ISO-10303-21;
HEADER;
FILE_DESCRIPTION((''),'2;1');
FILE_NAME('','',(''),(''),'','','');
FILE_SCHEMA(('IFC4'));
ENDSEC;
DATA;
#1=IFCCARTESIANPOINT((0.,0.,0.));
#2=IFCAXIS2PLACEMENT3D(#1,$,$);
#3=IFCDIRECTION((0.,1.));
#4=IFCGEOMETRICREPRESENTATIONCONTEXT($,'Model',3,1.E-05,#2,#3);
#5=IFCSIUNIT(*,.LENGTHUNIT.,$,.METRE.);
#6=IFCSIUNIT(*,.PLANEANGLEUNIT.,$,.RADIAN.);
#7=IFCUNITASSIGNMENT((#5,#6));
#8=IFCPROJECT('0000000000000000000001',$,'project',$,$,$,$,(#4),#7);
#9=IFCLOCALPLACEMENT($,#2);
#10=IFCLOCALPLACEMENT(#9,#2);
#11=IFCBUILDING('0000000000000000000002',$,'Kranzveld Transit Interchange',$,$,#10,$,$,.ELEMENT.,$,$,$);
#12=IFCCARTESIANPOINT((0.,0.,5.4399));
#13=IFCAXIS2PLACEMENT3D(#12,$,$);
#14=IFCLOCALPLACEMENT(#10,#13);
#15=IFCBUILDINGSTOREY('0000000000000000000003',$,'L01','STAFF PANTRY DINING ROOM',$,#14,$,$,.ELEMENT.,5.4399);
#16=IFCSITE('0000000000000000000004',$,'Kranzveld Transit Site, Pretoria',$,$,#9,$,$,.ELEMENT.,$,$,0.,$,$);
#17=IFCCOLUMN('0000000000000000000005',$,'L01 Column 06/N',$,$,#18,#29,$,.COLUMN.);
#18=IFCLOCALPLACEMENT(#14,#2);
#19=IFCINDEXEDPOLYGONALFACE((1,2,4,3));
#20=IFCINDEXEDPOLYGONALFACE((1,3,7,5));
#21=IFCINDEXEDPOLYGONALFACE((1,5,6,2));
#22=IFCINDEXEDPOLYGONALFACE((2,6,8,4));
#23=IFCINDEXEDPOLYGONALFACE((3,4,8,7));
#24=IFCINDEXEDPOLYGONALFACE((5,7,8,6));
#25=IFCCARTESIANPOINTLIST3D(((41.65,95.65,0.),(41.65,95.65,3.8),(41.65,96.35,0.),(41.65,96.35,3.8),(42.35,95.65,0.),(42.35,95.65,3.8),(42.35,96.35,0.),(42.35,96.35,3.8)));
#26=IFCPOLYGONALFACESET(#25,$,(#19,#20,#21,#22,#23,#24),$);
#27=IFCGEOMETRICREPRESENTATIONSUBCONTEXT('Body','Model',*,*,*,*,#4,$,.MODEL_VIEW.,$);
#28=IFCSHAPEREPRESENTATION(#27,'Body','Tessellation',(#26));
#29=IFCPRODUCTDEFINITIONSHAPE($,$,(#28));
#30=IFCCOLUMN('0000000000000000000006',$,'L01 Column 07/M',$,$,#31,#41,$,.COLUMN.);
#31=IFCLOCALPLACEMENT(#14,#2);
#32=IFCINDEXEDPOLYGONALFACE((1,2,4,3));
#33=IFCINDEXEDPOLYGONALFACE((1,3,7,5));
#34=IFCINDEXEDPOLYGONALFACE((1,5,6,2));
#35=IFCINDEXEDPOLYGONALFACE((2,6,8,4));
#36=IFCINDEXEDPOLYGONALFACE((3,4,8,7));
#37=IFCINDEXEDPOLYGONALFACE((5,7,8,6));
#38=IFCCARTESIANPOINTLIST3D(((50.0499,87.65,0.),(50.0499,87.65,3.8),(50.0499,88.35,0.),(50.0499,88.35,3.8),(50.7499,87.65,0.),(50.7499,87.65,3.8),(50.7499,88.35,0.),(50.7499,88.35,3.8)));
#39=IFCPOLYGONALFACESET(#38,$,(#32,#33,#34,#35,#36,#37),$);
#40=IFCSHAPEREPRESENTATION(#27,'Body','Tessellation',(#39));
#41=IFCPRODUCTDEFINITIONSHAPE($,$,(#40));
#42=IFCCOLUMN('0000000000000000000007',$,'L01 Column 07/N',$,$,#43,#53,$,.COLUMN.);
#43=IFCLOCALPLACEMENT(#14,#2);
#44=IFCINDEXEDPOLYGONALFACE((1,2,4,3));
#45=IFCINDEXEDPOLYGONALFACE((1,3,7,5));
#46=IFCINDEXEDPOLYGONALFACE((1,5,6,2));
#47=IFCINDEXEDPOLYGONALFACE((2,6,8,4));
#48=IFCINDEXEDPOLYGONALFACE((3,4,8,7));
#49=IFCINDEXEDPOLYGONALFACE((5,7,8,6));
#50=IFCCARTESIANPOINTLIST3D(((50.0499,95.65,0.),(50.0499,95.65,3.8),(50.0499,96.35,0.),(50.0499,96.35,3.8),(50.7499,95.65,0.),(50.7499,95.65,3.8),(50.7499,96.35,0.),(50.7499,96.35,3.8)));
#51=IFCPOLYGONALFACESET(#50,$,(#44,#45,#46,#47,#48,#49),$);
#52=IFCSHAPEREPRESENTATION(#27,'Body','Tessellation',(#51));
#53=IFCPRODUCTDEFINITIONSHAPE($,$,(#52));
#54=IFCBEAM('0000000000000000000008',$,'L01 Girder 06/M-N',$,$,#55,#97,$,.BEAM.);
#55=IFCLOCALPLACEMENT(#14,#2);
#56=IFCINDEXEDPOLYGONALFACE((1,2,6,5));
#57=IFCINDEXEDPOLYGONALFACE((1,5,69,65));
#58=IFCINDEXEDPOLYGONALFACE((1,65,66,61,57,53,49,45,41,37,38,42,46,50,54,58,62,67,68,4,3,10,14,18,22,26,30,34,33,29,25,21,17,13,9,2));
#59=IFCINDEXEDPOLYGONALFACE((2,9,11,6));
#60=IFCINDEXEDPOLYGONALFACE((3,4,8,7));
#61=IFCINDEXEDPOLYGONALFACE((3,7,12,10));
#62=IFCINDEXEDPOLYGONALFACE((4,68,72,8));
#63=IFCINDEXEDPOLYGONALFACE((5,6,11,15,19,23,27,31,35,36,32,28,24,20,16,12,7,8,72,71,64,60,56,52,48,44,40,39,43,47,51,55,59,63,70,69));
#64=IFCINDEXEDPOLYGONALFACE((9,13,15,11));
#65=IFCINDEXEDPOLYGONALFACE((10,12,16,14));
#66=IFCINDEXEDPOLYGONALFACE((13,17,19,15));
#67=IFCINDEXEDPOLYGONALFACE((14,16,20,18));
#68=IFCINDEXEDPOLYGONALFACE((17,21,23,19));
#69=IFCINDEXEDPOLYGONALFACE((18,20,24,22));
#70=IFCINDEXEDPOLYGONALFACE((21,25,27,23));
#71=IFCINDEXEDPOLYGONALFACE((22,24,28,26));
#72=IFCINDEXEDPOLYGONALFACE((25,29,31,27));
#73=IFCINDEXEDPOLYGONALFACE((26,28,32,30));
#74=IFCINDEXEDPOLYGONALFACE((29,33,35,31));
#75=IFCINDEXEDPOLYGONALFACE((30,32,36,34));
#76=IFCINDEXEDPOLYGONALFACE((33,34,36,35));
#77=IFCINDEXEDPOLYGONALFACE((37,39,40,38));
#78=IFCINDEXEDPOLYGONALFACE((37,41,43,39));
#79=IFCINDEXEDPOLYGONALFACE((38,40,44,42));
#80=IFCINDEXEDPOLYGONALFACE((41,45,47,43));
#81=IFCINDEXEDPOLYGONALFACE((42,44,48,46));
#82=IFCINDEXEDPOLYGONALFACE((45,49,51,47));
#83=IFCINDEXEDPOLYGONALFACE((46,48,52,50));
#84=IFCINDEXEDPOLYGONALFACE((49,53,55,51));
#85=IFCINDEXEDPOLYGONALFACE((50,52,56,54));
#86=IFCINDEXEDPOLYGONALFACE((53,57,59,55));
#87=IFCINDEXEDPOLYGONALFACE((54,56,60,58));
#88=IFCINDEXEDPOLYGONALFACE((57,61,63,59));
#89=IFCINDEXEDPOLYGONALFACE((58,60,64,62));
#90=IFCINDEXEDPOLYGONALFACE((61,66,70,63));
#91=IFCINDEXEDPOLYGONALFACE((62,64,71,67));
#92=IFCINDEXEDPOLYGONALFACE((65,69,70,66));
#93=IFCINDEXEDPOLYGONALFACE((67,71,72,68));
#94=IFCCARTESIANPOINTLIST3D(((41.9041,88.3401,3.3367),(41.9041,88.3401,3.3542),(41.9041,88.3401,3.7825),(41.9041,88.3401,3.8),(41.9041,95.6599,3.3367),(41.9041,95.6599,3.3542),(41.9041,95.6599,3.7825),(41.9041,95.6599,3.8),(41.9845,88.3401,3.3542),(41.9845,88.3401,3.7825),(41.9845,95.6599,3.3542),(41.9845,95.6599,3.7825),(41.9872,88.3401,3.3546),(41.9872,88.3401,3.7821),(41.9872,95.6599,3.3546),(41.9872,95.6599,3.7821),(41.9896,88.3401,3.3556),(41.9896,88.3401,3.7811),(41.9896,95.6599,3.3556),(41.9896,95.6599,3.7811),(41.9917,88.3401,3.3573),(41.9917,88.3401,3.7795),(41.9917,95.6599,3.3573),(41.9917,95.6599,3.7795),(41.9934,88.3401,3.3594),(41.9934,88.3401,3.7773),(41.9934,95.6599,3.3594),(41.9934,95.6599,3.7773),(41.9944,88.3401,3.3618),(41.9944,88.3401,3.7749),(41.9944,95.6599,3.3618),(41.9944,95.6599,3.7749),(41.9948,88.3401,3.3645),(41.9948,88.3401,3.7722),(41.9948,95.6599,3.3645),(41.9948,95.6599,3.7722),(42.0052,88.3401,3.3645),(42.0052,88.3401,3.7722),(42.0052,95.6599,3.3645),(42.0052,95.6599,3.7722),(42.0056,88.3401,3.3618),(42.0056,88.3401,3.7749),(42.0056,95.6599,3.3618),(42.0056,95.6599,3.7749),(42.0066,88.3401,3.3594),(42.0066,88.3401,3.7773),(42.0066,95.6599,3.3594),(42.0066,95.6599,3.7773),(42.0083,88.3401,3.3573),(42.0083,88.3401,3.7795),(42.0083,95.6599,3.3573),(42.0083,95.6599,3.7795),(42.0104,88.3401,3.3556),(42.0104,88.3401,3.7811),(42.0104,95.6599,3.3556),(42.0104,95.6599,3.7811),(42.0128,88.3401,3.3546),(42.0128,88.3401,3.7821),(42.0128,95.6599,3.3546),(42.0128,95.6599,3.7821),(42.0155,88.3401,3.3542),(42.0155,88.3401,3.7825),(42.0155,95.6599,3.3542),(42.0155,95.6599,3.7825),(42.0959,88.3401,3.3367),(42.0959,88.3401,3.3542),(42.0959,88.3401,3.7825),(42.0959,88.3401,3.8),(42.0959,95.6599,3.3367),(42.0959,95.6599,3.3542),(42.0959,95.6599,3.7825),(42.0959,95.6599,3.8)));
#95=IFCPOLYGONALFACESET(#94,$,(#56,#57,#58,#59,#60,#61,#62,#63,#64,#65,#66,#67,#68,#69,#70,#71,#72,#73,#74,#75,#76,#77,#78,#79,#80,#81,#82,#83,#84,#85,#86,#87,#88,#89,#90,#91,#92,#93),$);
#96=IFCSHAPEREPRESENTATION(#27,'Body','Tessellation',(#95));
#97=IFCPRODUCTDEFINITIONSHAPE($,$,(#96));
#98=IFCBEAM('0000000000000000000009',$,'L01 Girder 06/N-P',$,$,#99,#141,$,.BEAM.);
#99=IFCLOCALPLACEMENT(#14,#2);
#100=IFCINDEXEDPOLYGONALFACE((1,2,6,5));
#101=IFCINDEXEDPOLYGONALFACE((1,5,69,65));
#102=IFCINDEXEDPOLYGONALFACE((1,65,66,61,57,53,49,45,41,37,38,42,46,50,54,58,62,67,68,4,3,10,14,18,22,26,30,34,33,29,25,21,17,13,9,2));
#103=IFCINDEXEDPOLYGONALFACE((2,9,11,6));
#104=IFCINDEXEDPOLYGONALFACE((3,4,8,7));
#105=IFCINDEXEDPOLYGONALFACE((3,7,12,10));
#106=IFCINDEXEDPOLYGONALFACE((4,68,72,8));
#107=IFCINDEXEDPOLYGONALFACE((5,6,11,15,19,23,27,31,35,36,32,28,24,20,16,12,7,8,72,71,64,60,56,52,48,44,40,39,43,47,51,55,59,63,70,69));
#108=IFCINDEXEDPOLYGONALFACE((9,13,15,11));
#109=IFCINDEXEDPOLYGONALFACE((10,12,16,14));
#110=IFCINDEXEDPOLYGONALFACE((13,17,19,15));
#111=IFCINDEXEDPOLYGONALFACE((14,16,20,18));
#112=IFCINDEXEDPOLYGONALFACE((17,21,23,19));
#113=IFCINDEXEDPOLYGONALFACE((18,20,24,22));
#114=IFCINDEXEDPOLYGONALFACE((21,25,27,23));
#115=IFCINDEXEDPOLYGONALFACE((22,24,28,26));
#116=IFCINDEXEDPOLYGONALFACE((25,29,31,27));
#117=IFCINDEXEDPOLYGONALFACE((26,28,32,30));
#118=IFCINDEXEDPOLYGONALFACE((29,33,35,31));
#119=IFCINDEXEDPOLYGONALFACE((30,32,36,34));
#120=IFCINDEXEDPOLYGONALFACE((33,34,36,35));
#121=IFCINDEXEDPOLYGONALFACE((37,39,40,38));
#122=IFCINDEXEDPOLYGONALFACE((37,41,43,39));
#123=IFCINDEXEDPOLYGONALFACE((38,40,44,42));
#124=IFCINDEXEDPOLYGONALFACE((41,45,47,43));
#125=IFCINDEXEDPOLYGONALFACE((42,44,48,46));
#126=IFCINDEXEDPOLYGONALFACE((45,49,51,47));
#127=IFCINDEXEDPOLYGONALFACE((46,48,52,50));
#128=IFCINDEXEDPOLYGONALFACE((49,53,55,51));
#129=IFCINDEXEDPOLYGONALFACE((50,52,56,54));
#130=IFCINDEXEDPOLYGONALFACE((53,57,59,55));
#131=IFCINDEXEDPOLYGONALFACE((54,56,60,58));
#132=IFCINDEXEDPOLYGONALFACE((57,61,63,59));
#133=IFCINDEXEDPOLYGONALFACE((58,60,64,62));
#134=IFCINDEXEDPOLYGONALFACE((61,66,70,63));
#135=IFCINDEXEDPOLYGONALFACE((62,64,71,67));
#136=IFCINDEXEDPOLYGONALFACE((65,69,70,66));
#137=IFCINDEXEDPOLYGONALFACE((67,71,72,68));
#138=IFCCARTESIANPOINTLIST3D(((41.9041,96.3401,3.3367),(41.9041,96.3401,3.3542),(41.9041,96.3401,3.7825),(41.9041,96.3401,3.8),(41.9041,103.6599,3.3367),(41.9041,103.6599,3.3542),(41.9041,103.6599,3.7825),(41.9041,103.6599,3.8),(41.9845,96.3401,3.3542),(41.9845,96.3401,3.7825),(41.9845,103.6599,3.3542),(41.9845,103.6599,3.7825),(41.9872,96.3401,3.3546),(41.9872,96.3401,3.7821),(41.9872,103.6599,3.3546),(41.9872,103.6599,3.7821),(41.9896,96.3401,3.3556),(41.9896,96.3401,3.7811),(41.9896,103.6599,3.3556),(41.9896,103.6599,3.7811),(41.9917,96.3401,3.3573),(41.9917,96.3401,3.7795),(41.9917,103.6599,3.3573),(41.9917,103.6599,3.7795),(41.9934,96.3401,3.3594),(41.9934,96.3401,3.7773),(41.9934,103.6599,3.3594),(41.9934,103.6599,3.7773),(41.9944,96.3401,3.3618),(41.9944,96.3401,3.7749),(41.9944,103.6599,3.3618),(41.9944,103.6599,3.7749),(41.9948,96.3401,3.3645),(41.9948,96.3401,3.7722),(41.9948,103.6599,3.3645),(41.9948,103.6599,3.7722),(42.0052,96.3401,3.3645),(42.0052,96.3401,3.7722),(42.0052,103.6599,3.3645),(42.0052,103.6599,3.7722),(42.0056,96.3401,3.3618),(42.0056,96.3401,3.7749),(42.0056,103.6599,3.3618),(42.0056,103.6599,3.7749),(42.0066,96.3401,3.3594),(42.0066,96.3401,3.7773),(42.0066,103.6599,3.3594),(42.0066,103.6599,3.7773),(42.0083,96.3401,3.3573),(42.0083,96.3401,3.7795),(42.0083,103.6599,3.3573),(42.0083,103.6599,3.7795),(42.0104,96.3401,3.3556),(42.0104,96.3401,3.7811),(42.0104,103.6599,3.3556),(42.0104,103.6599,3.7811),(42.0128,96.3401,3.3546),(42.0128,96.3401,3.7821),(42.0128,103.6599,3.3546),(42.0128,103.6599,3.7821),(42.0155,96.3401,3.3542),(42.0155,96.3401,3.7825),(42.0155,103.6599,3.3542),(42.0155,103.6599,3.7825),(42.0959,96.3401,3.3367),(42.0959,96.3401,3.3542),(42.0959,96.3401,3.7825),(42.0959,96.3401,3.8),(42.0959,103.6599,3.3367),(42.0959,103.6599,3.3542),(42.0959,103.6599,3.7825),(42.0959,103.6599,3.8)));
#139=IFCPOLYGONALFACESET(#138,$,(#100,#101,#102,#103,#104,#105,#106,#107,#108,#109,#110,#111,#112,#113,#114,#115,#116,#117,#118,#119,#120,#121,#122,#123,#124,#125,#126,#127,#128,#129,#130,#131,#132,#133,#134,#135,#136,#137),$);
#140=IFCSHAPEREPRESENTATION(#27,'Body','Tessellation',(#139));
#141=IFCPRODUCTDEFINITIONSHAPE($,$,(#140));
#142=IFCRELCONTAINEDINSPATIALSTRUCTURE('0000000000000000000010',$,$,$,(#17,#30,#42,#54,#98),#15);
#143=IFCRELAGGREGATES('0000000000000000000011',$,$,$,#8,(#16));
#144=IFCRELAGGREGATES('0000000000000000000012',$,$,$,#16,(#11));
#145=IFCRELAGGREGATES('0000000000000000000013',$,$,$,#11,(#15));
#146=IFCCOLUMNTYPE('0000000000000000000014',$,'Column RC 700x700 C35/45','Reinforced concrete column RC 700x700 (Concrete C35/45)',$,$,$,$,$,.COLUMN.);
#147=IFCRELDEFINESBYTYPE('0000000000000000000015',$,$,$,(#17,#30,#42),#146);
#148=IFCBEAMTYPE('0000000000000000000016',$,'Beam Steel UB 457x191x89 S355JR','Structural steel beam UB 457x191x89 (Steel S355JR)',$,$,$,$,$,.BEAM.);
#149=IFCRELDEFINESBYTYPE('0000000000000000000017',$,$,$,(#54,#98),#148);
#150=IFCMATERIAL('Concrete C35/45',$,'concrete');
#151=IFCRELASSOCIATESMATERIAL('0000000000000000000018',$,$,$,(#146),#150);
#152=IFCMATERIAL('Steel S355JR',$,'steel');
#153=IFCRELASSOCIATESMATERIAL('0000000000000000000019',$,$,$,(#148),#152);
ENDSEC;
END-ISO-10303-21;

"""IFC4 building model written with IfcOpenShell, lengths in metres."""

from ifc_helpers import new_model, si_unit, direction, frame, origin, origin_2d, place, context, subcontext, project, spatial, rectangle, i_section, extrude, material, material_profile, profile_set, type_object, element, save


model = new_model("IFC4")

# Units and contexts
model_context = context("Model", 3, precision=1e-05, world=origin(), true_north=direction((0.0, 1.0)))
body_context = subcontext(model_context, "Body", "Model", "MODEL_VIEW")
ifc_project = project(units=[si_unit("LENGTHUNIT", "METRE"), si_unit("PLANEANGLEUNIT", "RADIAN")], contexts=[model_context])

# Site, building, storey
site_placement = place(None, origin())
site = spatial("IfcSite", under=ifc_project, at=site_placement, Name="Kranzveld Transit Site, Pretoria", CompositionType="ELEMENT", RefElevation=0.0)
building_placement = place(site_placement, origin())
building = spatial("IfcBuilding", under=site, at=building_placement, Name="Kranzveld Transit Interchange", CompositionType="ELEMENT")
storey_placement = place(building_placement, frame((0.0, 0.0, 5.4399)))
storey = spatial("IfcBuildingStorey", under=building, at=storey_placement, Name="L01", Description="STAFF PANTRY DINING ROOM", CompositionType="ELEMENT", Elevation=5.4399)

# Columns
ifc_material_1 = material(Name="Concrete C35/45", Category="concrete")
ifc_material_profile_1 = material_profile(ifc_material_1, rectangle(XDim=0.7, YDim=0.7, at=origin_2d()), Name="RC 700x700")
ifc_profile_set_1 = profile_set([ifc_material_profile_1], Name="Concrete C35/45")
column_type = type_object("IfcColumnType", Name="Column RC 700x700 C35/45", Description="Reinforced concrete column RC 700x700 (Concrete C35/45)", PredefinedType="COLUMN", material=ifc_profile_set_1)
for number, where, z_axis, x_axis, name in (
    (1, (42.0, 96.0, 0.0), (0.0, 0.0, 1.0), (1.0, 0.0, 0.0), "L01 Column 06/N"),
    (2, (50.3999, 88.0, 0.0), (0.0, 0.0, 1.0), (1.0, 0.0, 0.0), "L01 Column 07/M"),
    (3, (50.3999, 96.0, 0.0), (0.0, 0.0, 1.0), (1.0, 0.0, 0.0), "L01 Column 07/N"),
):
    element("IfcColumn", number, at=place(storey_placement, frame(where, z_axis=z_axis, x_axis=x_axis)), inside=storey, type_object=column_type, Name=name, PredefinedType="COLUMN", context=body_context, shape_type="SweptSolid", body=[
        extrude(rectangle(XDim=0.7, YDim=0.7, at=origin_2d()), origin(), (0.0, 0.0, 1.0), 3.8),
    ])

# Beams
ifc_material_2 = material(Name="Steel S355JR", Category="steel")
ifc_material_profile_2 = material_profile(ifc_material_2, i_section(OverallWidth=0.1919, OverallDepth=0.4634, WebThickness=0.0105, FlangeThickness=0.0176, FilletRadius=0.0103, at=origin_2d()), Name="UB 457x191x89")
ifc_profile_set_2 = profile_set([ifc_material_profile_2], Name="Steel S355JR")
beam_type_1 = type_object("IfcBeamType", Name="Beam Steel UB 457x191x89 S355JR", Description="Structural steel beam UB 457x191x89 (Steel S355JR)", PredefinedType="BEAM", material=ifc_profile_set_2)
for number, where, z_axis, x_axis, name in (
    (4, (42.0, 88.3401, 3.5684), (0.0, 1.0, 0.0), (-1.0, 0.0, 0.0), "L01 Girder 06/M-N"),
    (5, (42.0, 96.3401, 3.5684), (0.0, 1.0, 0.0), (-1.0, 0.0, 0.0), "L01 Girder 06/N-P"),
):
    element("IfcBeam", number, at=place(storey_placement, frame(where, z_axis=z_axis, x_axis=x_axis)), inside=storey, type_object=beam_type_1, Name=name, PredefinedType="BEAM", context=body_context, shape_type="SweptSolid", body=[
        extrude(i_section(OverallWidth=0.1919, OverallDepth=0.4634, WebThickness=0.0105, FlangeThickness=0.0176, FilletRadius=0.0103, at=origin_2d()), origin(), (0.0, 0.0, 1.0), 7.3198),
    ])

save(model, "model.ifc")
